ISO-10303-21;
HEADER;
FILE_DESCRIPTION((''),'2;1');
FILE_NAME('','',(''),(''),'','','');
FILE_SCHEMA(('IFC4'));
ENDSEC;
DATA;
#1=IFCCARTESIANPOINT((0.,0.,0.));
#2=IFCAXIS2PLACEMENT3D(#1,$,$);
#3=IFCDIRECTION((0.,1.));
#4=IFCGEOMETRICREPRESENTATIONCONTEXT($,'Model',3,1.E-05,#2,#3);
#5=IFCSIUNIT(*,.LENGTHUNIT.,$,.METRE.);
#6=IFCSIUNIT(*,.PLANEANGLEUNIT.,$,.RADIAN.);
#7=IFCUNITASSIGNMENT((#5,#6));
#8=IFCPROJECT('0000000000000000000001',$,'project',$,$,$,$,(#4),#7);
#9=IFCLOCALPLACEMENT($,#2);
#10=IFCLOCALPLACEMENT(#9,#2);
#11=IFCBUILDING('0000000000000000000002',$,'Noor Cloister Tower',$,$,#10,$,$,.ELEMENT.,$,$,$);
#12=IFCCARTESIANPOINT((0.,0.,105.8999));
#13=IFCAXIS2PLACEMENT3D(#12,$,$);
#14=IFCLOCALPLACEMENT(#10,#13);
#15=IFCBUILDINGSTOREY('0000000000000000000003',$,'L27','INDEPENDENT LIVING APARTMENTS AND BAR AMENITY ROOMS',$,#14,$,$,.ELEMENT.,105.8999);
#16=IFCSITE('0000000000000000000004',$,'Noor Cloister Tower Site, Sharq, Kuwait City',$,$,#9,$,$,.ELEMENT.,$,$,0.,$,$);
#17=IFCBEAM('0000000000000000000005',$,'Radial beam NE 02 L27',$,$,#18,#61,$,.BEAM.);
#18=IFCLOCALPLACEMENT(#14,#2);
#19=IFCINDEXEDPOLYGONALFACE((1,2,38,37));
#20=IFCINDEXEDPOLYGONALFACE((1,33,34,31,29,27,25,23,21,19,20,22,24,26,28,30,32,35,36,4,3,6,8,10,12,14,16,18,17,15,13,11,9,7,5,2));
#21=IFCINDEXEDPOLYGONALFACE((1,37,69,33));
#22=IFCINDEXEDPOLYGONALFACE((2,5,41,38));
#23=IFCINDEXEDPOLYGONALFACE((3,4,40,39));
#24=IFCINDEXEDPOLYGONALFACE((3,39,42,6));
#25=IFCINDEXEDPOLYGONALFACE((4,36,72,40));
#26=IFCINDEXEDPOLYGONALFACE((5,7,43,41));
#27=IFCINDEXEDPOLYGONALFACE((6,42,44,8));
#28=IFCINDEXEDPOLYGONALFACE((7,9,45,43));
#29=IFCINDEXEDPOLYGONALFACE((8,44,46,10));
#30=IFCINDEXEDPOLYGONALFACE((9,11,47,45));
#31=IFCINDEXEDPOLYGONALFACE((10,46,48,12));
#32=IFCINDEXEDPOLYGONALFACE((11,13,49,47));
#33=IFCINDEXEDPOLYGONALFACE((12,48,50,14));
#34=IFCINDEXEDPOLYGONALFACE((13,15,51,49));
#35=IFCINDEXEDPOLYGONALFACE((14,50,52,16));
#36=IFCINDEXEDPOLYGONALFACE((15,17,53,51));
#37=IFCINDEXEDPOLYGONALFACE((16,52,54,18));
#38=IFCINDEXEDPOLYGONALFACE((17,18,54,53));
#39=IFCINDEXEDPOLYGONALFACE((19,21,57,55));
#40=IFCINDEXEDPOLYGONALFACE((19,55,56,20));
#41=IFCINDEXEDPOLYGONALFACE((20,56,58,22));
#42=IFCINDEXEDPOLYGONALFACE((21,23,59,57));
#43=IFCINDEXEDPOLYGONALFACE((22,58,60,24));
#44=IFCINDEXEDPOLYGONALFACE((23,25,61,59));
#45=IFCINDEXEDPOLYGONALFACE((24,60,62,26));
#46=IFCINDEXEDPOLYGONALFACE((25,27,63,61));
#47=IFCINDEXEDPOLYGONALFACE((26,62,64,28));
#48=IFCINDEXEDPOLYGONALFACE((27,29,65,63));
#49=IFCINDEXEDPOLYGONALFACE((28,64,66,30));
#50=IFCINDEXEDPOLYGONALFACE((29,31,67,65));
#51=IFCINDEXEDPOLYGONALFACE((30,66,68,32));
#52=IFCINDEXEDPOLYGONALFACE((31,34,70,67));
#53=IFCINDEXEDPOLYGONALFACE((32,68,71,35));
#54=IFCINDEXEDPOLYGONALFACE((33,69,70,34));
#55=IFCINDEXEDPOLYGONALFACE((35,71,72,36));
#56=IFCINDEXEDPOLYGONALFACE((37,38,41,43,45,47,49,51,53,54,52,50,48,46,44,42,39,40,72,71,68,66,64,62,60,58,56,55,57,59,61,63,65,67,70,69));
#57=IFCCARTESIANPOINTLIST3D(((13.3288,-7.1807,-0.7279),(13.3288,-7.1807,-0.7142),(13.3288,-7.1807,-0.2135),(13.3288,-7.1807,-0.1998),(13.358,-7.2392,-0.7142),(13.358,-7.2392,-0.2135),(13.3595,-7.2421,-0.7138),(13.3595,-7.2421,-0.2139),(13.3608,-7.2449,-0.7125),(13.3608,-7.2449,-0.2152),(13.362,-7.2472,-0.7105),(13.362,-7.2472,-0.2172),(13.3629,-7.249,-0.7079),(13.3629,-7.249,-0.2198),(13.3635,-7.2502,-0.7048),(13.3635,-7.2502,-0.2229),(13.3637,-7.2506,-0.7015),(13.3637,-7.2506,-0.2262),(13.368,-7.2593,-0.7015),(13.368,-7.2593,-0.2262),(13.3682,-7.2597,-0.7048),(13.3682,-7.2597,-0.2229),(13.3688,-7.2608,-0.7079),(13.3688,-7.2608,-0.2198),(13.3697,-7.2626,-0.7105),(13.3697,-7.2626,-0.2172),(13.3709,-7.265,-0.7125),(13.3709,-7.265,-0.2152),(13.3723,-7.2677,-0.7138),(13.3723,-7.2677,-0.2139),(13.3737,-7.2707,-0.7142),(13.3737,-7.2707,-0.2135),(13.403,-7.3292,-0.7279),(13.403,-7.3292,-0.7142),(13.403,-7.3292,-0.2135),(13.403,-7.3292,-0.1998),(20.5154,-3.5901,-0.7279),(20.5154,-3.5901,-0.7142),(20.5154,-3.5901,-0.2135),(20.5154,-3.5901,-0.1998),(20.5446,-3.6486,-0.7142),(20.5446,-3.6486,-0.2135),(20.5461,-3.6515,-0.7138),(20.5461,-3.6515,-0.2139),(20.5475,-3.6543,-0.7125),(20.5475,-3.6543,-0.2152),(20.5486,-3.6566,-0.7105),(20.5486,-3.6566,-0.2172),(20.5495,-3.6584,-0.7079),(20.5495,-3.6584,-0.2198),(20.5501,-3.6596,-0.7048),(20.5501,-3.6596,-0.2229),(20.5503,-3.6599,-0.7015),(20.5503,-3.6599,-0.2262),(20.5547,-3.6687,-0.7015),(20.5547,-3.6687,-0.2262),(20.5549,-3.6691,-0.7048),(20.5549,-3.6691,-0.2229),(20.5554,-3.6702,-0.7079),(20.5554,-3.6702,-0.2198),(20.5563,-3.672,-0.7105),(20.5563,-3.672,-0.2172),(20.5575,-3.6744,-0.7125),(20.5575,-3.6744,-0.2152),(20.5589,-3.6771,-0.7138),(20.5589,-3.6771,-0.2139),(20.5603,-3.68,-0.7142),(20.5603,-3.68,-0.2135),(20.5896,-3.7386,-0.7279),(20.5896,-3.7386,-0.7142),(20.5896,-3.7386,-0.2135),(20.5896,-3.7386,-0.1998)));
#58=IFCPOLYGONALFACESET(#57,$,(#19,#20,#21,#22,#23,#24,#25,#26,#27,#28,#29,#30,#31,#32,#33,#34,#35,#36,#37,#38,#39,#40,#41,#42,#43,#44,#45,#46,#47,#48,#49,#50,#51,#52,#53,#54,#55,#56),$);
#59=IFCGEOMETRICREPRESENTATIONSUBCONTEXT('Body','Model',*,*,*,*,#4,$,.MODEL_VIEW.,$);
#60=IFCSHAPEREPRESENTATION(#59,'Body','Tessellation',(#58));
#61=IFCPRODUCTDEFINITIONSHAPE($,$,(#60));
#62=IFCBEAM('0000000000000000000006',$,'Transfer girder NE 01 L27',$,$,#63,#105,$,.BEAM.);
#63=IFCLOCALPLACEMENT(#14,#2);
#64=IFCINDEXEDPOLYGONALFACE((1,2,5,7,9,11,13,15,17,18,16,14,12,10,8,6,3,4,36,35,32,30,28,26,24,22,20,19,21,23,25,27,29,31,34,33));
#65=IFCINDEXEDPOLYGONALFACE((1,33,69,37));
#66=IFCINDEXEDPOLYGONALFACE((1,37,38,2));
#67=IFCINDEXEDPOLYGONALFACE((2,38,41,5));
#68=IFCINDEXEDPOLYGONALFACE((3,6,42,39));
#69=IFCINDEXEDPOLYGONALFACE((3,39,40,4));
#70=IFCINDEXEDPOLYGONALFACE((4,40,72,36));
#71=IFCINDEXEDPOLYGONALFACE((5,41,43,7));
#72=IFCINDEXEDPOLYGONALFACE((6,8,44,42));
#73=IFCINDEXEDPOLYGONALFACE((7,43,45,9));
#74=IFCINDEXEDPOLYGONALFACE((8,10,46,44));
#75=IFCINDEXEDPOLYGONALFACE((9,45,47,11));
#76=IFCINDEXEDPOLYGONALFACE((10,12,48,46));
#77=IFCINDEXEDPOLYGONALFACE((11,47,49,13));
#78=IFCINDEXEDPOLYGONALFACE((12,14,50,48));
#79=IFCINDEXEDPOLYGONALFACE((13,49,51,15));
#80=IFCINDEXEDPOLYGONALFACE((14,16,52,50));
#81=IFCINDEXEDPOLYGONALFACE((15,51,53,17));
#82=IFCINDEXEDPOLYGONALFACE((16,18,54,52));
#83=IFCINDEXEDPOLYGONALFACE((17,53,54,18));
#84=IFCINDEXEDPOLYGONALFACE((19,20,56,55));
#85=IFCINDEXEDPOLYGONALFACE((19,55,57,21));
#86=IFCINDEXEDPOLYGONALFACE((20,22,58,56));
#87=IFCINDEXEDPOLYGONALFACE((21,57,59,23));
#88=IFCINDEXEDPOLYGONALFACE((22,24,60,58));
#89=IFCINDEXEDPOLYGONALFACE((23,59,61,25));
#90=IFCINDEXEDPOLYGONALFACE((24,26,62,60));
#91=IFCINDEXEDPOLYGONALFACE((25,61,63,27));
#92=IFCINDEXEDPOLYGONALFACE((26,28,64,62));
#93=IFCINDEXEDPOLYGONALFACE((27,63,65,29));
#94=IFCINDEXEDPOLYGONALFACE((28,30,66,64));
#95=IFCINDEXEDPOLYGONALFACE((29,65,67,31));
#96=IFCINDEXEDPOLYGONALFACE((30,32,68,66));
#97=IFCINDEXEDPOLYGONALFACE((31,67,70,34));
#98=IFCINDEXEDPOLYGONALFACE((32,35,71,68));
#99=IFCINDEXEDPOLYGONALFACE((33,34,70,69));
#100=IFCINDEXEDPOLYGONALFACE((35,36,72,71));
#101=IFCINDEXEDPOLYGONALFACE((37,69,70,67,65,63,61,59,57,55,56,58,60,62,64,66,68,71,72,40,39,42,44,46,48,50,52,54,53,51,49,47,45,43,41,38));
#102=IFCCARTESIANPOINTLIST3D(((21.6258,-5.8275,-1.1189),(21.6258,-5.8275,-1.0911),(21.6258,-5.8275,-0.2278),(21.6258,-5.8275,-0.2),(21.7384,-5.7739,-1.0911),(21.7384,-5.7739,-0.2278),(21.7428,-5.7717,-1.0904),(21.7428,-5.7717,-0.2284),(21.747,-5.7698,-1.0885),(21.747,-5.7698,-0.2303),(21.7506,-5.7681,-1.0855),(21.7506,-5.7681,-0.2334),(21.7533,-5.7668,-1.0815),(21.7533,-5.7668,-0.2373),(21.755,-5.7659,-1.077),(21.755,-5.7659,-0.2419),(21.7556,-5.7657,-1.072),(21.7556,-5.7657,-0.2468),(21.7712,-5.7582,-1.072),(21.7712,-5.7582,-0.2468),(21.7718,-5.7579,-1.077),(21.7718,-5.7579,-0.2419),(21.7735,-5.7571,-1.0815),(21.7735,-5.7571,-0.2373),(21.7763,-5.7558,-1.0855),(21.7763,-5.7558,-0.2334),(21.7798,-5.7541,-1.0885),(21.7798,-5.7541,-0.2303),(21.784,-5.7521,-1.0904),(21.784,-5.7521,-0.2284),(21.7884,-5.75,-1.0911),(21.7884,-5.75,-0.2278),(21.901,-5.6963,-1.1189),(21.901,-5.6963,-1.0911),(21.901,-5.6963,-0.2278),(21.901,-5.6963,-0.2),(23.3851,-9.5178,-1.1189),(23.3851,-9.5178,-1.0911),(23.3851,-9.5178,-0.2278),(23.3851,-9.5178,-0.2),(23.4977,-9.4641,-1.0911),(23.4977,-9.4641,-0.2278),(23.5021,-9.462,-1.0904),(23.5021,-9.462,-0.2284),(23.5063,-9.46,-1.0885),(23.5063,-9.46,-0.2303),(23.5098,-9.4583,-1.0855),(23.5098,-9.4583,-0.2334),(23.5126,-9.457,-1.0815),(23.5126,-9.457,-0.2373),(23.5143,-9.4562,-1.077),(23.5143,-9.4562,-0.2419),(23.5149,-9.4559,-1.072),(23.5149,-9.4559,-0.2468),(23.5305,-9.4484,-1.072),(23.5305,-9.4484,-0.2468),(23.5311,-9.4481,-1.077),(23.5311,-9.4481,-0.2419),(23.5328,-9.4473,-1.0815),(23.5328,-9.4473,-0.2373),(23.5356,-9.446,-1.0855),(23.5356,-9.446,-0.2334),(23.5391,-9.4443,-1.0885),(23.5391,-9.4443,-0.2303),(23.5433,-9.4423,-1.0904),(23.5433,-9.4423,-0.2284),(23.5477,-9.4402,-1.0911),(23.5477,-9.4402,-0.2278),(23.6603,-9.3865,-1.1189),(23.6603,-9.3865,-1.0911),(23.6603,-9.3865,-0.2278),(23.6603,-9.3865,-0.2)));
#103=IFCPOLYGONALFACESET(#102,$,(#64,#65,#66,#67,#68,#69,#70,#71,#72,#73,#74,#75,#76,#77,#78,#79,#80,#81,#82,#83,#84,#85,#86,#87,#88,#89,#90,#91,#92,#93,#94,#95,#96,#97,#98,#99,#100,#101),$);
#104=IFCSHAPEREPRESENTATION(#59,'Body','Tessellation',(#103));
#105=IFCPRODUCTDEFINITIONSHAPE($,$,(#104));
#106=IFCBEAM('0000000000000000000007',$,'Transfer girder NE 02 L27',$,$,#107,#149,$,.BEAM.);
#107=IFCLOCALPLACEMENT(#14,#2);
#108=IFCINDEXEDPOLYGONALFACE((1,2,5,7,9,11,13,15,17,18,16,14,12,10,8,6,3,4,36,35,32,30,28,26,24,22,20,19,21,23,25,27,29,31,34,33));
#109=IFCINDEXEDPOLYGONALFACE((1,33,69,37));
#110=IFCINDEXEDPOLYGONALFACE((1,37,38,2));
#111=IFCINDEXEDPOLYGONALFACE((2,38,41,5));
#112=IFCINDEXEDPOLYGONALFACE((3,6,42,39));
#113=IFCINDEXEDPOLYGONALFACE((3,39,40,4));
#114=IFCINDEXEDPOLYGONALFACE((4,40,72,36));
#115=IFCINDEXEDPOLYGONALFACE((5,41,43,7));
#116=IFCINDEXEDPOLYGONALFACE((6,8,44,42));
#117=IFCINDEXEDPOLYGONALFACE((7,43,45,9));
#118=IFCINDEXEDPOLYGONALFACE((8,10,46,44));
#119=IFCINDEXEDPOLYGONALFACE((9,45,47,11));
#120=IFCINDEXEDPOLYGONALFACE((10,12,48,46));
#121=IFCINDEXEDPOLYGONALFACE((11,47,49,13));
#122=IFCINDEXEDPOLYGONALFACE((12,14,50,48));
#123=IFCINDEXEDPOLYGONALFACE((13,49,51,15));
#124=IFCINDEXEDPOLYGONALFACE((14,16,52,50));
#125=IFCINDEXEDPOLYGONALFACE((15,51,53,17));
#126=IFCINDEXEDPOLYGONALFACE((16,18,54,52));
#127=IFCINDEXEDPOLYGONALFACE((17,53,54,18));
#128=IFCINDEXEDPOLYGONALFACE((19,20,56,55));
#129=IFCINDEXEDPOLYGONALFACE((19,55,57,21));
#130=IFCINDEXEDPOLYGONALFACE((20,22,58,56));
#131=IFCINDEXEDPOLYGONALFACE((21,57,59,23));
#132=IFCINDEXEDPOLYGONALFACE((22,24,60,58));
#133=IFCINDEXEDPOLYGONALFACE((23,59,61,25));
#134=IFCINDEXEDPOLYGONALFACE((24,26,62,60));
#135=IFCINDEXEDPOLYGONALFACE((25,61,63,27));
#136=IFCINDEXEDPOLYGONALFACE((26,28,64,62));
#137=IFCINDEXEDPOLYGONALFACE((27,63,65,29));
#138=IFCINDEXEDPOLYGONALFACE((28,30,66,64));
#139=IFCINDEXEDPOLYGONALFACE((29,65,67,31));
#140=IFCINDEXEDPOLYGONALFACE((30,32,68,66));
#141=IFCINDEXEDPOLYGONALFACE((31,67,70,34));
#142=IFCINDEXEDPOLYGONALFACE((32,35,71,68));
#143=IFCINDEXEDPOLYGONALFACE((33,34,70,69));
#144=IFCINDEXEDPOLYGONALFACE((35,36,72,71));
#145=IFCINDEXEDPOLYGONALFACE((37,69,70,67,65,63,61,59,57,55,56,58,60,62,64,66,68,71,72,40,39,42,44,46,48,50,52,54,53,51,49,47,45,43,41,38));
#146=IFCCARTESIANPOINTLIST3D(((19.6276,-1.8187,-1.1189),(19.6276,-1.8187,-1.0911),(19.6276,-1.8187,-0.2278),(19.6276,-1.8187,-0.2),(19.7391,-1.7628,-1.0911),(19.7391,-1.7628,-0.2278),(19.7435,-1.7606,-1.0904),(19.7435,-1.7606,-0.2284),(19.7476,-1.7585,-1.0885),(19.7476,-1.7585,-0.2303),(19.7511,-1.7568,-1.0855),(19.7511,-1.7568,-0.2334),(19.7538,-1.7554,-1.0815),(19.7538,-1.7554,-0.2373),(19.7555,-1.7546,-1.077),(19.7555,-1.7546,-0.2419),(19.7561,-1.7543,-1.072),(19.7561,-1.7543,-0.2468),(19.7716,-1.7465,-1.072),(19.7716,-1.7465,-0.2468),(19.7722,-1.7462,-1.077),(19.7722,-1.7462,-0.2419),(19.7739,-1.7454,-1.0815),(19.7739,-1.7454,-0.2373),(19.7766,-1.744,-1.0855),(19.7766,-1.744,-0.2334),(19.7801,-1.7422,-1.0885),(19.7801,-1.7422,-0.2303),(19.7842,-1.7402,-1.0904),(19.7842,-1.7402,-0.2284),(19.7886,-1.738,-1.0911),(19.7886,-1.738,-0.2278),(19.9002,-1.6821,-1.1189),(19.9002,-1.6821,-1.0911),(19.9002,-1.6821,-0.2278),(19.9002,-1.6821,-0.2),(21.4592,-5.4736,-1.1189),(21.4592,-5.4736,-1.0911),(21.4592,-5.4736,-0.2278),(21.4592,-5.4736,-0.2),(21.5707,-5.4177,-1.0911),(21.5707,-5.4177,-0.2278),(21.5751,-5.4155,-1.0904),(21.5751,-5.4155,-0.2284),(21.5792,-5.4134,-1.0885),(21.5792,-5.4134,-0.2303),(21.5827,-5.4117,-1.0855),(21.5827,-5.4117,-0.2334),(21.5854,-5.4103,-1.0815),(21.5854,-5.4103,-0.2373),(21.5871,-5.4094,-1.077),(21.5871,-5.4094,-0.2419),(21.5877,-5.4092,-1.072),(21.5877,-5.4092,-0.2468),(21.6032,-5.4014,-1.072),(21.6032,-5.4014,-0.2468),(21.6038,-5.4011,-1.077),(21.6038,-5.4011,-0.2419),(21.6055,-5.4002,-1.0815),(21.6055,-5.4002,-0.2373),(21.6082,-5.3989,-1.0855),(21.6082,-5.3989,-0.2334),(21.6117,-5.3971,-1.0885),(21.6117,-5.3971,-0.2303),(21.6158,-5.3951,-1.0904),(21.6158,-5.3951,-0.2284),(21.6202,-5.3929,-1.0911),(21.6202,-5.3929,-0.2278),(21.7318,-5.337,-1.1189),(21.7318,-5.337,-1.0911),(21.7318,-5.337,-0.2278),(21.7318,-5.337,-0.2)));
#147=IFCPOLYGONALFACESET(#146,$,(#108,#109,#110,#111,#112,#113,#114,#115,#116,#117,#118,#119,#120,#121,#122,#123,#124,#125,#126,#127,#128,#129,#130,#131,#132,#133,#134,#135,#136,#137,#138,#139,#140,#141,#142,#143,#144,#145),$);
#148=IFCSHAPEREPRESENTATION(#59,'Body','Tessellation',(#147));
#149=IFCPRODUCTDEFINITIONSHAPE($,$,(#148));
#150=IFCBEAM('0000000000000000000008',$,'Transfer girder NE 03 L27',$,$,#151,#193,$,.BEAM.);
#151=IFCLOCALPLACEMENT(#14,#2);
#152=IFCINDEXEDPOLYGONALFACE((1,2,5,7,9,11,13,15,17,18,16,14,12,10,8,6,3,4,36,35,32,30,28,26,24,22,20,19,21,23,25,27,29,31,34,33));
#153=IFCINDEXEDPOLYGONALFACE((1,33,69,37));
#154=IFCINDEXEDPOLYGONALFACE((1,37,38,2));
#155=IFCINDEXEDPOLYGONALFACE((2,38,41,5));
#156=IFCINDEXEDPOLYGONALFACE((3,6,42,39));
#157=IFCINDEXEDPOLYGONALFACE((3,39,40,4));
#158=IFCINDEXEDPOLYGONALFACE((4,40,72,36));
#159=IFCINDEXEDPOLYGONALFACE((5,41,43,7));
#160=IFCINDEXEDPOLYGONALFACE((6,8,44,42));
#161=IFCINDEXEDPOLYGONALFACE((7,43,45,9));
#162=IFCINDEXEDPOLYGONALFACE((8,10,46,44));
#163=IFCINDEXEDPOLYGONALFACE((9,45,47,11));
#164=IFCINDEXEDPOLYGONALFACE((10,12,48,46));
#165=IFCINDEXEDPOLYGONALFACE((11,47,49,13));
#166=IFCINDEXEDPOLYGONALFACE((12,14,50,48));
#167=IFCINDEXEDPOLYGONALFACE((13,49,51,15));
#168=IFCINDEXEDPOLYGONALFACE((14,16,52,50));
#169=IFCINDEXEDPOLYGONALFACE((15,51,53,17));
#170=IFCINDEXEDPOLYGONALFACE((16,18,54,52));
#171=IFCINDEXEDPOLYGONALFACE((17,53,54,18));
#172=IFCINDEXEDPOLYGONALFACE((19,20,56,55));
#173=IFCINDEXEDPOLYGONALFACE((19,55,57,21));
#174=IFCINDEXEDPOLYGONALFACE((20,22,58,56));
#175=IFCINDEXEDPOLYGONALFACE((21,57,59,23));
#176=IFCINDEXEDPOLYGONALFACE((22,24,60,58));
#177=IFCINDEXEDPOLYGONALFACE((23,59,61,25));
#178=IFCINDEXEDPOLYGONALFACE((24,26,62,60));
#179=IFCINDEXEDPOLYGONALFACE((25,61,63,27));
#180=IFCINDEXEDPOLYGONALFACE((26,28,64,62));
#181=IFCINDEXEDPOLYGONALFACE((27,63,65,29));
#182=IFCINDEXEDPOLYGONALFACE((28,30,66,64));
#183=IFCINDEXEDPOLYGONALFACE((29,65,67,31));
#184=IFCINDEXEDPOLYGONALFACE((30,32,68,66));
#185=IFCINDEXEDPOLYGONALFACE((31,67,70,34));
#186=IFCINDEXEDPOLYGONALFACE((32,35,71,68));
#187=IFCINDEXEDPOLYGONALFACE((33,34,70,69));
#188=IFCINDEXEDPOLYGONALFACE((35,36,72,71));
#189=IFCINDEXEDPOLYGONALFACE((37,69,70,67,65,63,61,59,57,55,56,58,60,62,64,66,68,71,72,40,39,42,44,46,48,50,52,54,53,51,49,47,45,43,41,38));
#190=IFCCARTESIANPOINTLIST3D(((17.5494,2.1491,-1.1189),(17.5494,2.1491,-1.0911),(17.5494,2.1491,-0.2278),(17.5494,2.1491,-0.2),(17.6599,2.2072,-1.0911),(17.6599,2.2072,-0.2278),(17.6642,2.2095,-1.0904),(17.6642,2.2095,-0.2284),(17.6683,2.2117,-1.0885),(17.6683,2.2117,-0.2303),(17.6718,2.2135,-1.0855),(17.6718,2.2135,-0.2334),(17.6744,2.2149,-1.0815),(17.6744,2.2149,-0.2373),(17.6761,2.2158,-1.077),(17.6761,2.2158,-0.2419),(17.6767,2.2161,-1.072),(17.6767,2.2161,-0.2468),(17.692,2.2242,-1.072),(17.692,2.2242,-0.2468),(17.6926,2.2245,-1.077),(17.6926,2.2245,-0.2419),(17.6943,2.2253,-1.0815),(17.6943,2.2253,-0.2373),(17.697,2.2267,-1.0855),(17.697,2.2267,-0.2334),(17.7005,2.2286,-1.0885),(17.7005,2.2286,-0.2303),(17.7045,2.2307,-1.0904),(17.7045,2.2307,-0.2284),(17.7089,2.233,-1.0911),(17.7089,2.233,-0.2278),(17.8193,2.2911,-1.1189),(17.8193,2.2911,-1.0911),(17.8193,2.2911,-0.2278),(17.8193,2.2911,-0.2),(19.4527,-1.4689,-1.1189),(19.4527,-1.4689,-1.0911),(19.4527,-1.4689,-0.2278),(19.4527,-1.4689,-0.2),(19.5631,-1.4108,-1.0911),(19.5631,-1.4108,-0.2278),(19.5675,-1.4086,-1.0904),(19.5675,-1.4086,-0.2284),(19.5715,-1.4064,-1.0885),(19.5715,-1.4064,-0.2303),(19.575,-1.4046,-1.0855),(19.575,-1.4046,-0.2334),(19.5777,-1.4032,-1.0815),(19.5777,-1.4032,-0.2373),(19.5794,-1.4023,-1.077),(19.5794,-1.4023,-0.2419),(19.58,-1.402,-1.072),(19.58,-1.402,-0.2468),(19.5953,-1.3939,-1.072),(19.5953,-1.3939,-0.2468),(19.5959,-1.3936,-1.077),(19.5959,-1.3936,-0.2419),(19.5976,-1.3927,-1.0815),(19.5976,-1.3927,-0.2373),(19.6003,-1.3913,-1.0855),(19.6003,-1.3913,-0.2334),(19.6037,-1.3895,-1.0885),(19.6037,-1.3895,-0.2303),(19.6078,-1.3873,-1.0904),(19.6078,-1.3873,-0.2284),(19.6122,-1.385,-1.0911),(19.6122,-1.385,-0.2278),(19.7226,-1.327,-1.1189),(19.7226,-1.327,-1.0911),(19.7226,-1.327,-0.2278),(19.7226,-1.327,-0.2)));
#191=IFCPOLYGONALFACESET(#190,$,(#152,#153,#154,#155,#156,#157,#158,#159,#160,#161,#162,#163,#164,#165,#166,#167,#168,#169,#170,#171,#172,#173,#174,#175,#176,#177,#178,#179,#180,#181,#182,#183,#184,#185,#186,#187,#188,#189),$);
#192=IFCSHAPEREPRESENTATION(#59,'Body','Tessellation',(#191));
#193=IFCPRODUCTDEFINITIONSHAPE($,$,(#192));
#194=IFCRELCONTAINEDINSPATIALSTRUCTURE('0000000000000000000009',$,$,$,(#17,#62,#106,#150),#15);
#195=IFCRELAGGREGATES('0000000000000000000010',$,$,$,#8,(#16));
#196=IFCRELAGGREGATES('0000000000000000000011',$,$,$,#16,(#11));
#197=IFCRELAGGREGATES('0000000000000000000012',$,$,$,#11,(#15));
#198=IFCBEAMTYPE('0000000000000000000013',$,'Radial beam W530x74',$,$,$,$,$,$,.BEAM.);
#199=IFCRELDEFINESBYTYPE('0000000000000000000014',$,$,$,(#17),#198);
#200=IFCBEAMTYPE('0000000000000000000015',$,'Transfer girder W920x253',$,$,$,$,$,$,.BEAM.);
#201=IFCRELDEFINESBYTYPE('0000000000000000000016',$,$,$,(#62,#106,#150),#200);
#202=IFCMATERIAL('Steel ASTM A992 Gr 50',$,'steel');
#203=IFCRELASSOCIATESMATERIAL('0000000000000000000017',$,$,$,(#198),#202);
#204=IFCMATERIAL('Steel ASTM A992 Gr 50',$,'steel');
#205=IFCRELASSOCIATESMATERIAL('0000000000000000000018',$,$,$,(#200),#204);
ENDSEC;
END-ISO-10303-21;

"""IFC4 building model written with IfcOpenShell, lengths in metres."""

from ifc_helpers import new_model, si_unit, direction, frame, origin, origin_2d, place, context, subcontext, project, spatial, i_section, extrude, material, material_profile, profile_set, type_object, element, save


model = new_model("IFC4")

# Units and contexts
model_context = context("Model", 3, precision=1e-05, world=origin(), true_north=direction((0.0, 1.0)))
body_context = subcontext(model_context, "Body", "Model", "MODEL_VIEW")
ifc_project = project(units=[si_unit("LENGTHUNIT", "METRE"), si_unit("PLANEANGLEUNIT", "RADIAN")], contexts=[model_context])

# Site, building, storey
site_placement = place(None, origin())
site = spatial("IfcSite", under=ifc_project, at=site_placement, Name="Noor Cloister Tower Site, Sharq, Kuwait City", CompositionType="ELEMENT", RefElevation=0.0)
building_placement = place(site_placement, origin())
building = spatial("IfcBuilding", under=site, at=building_placement, Name="Noor Cloister Tower", CompositionType="ELEMENT")
storey_placement = place(building_placement, frame((0.0, 0.0, 105.8999)))
storey = spatial("IfcBuildingStorey", under=building, at=storey_placement, Name="L27", Description="INDEPENDENT LIVING APARTMENTS AND BAR AMENITY ROOMS", CompositionType="ELEMENT", Elevation=105.8999)

# Beams
ifc_material_1 = material(Name="Steel ASTM A992 Gr 50", Category="steel")
ifc_material_profile_1 = material_profile(ifc_material_1, i_section(OverallWidth=0.166, OverallDepth=0.5281, WebThickness=0.0098, FlangeThickness=0.0137, FilletRadius=0.0127, at=origin_2d()), Name="W530x74")
ifc_profile_set_1 = profile_set([ifc_material_profile_1], Name="Steel ASTM A992 Gr 50")
beam_type_1 = type_object("IfcBeamType", Name="Radial beam W530x74", PredefinedType="BEAM", material=ifc_profile_set_1)
beam_1_placement = place(storey_placement, frame((20.5525, -3.6643, -0.4639), z_axis=(-0.894561, -0.446946, 0.0), x_axis=(0.446946, -0.894561, 0.0)))
element("IfcBeam", 1, at=beam_1_placement, inside=storey, type_object=beam_type_1, Name="Radial beam NE 02 L27", PredefinedType="BEAM", context=body_context, shape_type="SweptSolid", body=[
    extrude(i_section(OverallWidth=0.166, OverallDepth=0.5281, WebThickness=0.0098, FlangeThickness=0.0137, FilletRadius=0.0127, at=origin_2d()), origin(), (0.0, 0.0, 1.0), 8.0337),
])
ifc_material_2 = material(Name="Steel ASTM A992 Gr 50", Category="steel")
ifc_material_profile_2 = material_profile(ifc_material_2, i_section(OverallWidth=0.3049, OverallDepth=0.9189, WebThickness=0.0173, FlangeThickness=0.0278, FilletRadius=0.019, at=origin_2d()), Name="W920x253")
ifc_profile_set_2 = profile_set([ifc_material_profile_2], Name="Steel ASTM A992 Gr 50")
beam_type_2 = type_object("IfcBeamType", Name="Transfer girder W920x253", PredefinedType="BEAM", material=ifc_profile_set_2)
for number, where, z_axis, x_axis, name in (
    (2, (23.5227, -9.4521, -0.6594), (-0.430342, 0.902666, 0.0), (-0.902666, -0.430342, 0.0), "Transfer girder NE 01 L27"),
    (3, (21.5955, -5.4053, -0.6594), (-0.448026, 0.894021, 0.0), (-0.894021, -0.448026, 0.0), "Transfer girder NE 02 L27"),
    (4, (19.5876, -1.3979, -0.6594), (-0.465559, 0.885017, 0.0), (-0.885017, -0.465559, 0.0), "Transfer girder NE 03 L27"),
):
    element("IfcBeam", number, at=place(storey_placement, frame(where, z_axis=z_axis, x_axis=x_axis)), inside=storey, type_object=beam_type_2, Name=name, PredefinedType="BEAM", context=body_context, shape_type="SweptSolid", body=[
        extrude(i_section(OverallWidth=0.3049, OverallDepth=0.9189, WebThickness=0.0173, FlangeThickness=0.0278, FilletRadius=0.019, at=origin_2d()), origin(), (0.0, 0.0, 1.0), 4.0881),
    ])

save(model, "model.ifc")
